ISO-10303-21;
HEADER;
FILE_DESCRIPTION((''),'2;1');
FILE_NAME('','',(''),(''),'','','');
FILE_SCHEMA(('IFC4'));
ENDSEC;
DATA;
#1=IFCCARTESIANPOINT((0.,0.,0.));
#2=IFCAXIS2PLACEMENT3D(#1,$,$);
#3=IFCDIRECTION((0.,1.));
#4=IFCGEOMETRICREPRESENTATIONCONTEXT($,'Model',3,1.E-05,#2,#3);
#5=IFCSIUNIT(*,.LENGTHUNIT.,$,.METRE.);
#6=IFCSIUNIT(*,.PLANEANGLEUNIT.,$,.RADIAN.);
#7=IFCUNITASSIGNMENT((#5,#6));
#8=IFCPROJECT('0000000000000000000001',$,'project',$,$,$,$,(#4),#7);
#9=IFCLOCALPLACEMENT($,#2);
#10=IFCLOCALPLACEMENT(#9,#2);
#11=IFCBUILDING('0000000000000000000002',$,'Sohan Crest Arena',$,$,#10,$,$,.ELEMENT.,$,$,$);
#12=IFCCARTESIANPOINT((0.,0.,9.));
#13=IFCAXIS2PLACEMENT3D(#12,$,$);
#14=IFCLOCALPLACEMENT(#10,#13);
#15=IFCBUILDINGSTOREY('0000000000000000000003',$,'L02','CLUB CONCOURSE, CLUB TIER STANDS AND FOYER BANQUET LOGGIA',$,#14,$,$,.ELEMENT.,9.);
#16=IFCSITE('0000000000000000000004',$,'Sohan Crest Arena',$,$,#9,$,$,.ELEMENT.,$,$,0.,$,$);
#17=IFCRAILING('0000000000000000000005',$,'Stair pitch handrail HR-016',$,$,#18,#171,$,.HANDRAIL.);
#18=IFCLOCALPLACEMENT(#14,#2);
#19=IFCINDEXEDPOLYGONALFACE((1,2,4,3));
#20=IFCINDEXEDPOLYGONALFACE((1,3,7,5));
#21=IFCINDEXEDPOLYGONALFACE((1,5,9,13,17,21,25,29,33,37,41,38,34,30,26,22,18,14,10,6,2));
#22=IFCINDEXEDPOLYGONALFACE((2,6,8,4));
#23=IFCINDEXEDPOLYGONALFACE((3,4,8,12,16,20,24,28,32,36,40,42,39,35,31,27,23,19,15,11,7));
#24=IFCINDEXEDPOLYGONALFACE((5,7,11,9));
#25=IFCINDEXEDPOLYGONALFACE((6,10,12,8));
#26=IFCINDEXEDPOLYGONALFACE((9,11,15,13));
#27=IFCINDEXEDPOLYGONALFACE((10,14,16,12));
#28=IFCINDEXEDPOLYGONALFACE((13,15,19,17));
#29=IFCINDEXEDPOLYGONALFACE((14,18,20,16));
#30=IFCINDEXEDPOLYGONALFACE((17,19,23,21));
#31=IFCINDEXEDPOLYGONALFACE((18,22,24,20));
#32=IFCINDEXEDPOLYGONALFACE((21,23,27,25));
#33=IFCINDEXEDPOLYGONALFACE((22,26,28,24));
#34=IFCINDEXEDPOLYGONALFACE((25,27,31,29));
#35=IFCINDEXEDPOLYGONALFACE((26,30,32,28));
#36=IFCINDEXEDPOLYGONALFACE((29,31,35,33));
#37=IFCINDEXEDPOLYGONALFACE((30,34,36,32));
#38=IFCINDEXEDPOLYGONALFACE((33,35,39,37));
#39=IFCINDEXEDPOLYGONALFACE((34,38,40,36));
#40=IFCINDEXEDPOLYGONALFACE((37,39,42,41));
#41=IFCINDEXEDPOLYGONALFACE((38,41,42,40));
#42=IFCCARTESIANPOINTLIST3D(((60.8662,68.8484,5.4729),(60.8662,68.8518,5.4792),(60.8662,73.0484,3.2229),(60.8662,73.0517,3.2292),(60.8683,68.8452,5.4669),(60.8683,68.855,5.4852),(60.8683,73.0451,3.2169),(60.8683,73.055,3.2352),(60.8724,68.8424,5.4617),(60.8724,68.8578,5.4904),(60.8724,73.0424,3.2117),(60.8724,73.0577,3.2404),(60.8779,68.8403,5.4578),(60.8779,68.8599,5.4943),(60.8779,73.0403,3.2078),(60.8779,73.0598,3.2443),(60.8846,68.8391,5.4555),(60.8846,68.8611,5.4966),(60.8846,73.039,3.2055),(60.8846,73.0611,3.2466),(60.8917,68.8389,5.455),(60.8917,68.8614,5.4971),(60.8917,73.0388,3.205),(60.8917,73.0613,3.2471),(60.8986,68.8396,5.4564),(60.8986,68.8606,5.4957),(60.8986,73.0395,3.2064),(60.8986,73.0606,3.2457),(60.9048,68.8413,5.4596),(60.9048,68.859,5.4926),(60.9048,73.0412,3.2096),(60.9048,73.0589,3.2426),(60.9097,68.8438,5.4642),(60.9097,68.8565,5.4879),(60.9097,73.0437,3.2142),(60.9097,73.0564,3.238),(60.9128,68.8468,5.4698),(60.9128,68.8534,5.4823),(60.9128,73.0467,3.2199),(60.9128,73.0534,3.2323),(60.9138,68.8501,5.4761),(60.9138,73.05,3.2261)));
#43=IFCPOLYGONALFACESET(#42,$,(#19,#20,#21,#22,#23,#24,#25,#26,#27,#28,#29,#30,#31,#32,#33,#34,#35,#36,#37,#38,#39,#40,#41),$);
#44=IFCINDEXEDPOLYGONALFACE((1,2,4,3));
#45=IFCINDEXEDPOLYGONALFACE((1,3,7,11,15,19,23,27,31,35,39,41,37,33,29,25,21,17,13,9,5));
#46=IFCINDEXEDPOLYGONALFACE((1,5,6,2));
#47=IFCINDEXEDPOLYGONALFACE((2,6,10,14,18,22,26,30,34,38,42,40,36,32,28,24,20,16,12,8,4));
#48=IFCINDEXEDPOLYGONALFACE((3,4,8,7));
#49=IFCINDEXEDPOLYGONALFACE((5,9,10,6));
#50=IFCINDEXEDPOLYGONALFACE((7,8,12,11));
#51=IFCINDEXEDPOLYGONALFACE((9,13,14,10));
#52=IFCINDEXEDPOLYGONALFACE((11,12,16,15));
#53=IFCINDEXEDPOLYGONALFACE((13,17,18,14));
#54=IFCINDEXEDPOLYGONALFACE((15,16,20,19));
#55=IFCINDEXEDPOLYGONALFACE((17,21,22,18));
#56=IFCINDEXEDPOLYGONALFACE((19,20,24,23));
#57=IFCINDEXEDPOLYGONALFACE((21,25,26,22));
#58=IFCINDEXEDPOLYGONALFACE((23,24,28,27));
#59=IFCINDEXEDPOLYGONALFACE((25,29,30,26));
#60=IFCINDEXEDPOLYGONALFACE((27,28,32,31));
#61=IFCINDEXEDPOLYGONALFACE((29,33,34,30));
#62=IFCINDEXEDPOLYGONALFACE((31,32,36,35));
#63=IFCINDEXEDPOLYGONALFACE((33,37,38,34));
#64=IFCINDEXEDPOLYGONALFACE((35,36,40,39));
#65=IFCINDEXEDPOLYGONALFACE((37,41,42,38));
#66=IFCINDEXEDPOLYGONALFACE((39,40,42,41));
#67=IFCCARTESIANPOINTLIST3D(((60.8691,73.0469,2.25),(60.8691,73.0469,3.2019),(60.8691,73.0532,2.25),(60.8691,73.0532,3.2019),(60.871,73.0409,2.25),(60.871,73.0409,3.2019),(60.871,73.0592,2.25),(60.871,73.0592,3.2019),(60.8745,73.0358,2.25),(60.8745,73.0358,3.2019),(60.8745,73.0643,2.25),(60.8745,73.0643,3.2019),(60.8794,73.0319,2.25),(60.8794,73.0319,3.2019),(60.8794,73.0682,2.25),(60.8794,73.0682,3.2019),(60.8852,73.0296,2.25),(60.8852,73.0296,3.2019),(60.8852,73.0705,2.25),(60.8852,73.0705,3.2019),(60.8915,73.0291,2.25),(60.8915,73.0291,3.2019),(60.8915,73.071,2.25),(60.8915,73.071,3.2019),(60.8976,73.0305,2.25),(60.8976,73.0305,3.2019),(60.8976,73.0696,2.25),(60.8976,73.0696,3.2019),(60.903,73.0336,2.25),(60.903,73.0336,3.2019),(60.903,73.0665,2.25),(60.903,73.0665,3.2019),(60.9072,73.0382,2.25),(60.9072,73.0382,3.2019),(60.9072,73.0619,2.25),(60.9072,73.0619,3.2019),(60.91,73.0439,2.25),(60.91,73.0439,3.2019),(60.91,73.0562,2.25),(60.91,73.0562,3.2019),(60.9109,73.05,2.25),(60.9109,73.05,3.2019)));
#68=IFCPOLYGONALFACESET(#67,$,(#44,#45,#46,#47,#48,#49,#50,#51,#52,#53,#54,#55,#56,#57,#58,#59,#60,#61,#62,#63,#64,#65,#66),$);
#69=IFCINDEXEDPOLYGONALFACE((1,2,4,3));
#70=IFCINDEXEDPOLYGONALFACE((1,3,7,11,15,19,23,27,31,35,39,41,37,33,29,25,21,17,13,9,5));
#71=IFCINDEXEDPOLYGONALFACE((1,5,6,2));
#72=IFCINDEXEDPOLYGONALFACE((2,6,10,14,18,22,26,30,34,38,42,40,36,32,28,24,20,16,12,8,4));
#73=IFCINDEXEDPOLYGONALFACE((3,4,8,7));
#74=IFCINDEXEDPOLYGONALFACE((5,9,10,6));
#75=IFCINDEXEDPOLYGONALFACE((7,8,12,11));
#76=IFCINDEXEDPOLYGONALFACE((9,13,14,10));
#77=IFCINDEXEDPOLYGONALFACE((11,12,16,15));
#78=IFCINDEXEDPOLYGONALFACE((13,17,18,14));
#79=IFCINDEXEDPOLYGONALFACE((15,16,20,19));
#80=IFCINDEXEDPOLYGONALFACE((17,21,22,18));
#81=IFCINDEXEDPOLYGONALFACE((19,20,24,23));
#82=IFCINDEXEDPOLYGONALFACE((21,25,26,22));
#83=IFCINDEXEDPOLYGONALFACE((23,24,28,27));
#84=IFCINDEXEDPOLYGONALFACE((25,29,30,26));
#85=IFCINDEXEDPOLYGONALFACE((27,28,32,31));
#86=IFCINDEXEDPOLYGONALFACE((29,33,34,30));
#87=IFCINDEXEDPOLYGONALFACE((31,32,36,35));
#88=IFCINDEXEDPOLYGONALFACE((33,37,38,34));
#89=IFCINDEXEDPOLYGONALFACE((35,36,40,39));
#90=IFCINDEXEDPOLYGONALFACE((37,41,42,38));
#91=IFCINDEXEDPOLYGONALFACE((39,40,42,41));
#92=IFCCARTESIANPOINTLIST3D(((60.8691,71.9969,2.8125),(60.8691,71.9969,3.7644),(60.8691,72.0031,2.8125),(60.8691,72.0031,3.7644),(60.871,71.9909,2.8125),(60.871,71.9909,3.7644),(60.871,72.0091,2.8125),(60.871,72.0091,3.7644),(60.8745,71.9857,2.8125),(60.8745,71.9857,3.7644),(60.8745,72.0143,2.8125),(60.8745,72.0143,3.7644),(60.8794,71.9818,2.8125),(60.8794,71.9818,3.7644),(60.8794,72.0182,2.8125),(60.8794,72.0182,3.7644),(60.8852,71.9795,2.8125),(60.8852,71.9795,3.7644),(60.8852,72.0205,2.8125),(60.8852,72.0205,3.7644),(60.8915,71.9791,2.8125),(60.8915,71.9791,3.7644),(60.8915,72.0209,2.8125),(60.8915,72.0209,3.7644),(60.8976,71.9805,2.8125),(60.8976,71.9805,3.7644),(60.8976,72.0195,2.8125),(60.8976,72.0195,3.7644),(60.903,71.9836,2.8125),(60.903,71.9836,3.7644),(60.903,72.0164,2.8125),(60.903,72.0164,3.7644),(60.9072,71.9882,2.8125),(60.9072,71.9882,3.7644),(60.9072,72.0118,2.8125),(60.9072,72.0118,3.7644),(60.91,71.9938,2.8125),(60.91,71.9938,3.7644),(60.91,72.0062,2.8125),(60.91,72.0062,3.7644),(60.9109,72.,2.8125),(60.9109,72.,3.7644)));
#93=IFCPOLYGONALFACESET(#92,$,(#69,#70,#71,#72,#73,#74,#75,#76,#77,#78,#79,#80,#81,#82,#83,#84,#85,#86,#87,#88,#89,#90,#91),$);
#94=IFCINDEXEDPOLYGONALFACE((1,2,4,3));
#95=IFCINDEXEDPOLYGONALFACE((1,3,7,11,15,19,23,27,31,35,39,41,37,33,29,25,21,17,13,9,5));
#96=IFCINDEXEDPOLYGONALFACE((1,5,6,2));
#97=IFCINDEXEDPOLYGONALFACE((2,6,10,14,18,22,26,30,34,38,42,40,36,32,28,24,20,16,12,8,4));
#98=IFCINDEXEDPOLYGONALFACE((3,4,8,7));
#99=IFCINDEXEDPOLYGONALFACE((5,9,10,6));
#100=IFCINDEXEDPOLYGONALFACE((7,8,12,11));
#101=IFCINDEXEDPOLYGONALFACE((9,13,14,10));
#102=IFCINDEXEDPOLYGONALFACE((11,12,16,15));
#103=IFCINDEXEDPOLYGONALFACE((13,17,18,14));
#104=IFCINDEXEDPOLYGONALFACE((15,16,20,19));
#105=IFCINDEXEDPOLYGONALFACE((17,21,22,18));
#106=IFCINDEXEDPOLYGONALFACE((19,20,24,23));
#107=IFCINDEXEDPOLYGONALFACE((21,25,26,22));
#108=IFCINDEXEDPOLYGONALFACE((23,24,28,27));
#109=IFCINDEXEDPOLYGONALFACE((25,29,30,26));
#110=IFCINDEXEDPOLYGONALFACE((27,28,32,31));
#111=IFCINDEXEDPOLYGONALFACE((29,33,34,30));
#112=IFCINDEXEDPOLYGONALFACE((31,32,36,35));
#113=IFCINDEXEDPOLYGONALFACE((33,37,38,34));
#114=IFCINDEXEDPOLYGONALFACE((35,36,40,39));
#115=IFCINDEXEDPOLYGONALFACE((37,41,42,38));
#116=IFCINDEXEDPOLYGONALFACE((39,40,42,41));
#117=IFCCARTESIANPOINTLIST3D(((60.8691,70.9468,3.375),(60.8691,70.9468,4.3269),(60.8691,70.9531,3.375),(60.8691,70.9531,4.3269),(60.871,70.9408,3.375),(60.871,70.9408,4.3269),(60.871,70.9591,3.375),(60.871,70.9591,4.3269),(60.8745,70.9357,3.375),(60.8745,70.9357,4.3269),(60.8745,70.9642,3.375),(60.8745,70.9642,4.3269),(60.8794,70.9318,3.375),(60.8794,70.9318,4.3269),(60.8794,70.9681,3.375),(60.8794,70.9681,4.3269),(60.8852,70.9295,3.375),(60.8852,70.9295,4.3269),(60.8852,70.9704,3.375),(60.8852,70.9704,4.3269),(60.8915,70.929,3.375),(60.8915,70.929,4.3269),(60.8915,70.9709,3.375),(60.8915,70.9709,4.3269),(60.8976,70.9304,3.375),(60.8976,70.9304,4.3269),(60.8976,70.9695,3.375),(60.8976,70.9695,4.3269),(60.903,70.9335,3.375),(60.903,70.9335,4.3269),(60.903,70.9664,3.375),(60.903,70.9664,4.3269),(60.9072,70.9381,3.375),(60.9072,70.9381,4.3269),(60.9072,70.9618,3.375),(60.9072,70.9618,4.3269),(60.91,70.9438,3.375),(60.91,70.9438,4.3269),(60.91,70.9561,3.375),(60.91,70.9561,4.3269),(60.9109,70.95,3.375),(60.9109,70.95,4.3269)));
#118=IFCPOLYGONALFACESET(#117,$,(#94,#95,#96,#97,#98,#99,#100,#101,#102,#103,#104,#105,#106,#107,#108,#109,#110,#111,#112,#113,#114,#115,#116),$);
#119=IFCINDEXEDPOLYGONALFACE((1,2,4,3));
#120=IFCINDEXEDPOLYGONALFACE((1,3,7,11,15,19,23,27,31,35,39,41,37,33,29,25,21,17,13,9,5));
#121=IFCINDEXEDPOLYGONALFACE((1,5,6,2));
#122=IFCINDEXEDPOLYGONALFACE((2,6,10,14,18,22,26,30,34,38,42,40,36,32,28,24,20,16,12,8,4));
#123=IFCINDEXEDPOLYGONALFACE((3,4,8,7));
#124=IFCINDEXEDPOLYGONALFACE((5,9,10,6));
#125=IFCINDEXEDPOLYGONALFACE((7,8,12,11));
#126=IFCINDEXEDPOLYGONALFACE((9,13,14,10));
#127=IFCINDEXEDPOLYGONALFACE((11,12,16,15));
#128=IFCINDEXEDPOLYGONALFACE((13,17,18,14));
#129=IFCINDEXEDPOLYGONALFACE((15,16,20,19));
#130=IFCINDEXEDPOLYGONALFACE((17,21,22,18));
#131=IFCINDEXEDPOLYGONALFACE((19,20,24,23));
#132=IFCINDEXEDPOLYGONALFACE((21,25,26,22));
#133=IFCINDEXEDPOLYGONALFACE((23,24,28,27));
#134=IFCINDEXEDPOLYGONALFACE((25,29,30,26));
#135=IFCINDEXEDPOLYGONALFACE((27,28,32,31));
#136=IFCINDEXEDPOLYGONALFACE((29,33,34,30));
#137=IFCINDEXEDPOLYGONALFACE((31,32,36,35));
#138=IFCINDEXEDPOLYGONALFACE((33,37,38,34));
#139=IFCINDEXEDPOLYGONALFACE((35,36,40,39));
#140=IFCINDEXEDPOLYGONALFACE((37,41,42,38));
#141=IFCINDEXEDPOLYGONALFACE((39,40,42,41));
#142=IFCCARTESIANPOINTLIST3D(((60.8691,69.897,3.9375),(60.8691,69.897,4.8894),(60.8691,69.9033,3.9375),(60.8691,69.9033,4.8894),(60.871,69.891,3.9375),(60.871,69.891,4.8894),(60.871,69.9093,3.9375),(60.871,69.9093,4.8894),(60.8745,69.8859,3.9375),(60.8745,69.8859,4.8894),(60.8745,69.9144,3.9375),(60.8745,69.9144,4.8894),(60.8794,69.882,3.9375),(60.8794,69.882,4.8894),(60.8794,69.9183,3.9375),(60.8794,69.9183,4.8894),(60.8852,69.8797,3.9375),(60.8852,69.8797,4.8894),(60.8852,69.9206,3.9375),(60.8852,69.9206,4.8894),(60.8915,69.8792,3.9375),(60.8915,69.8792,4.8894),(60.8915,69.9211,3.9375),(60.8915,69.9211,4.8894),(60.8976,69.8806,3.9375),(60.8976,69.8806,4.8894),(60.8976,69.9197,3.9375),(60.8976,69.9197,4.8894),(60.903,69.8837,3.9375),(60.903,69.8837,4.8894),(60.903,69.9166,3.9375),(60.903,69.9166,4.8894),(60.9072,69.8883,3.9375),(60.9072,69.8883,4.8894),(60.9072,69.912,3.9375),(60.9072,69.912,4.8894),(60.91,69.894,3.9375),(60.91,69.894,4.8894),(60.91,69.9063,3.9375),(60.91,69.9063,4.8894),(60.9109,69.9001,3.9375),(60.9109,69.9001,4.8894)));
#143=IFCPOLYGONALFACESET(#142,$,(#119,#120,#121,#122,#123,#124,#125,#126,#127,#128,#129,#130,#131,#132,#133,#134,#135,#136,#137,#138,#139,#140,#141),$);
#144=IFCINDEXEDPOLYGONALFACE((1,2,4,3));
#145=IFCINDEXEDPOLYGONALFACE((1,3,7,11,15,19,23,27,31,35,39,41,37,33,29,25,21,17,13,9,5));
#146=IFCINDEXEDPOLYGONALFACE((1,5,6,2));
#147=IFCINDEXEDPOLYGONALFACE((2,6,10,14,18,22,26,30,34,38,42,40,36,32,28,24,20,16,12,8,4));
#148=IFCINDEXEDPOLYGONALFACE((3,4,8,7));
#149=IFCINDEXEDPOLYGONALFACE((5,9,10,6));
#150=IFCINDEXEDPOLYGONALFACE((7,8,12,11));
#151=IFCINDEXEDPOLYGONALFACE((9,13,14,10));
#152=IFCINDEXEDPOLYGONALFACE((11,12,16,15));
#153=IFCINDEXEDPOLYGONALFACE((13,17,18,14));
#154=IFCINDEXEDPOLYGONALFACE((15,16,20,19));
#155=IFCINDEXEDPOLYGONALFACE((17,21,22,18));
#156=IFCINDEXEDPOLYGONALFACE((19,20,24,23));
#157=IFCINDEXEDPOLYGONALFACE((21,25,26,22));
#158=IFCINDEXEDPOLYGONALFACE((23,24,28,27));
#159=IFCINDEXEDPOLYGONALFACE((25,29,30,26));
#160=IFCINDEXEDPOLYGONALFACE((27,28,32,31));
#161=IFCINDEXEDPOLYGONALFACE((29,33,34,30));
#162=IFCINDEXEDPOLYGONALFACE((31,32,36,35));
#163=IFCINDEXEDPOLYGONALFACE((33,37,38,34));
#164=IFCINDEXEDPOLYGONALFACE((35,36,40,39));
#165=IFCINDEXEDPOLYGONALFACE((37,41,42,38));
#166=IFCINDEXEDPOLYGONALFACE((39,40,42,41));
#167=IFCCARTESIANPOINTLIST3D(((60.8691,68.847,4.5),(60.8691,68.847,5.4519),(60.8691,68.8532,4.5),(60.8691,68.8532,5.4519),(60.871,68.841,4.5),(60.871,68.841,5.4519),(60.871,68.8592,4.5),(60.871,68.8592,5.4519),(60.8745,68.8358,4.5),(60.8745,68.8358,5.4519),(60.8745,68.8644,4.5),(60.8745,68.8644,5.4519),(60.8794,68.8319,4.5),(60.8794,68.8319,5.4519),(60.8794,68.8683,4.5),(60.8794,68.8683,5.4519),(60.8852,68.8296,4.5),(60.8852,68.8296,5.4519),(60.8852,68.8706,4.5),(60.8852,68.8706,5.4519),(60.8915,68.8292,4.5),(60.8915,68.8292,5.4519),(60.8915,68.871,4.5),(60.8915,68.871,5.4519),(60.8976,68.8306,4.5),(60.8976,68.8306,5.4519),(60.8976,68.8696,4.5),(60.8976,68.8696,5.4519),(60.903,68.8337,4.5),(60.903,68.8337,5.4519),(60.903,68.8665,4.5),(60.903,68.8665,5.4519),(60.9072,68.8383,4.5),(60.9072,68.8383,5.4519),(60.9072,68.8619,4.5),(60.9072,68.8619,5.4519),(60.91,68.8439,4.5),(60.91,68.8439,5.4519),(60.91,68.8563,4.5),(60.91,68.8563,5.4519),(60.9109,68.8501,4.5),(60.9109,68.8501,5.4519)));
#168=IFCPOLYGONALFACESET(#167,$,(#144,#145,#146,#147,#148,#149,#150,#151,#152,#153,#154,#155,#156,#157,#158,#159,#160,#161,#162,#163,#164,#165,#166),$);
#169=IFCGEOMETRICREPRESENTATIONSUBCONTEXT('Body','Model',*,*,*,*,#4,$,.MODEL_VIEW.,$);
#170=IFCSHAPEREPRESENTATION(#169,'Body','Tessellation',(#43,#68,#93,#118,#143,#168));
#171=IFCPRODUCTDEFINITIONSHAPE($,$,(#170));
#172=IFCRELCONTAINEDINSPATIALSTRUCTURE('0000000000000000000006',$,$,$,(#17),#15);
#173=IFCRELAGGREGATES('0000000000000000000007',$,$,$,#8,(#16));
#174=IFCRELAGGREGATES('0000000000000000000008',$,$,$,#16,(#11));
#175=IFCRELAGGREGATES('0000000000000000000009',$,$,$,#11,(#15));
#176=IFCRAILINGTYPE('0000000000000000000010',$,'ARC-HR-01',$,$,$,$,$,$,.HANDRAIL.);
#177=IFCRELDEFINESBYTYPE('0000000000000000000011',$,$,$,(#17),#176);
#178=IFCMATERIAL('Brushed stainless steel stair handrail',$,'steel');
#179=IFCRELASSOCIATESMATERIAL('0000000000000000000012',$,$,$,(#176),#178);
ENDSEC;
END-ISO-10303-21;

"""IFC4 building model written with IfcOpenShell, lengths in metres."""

from ifc_helpers import new_model, si_unit, direction, frame, origin, origin_2d, place, context, subcontext, project, spatial, circle, extrude, material, type_object, element, save


model = new_model("IFC4")

# Units and contexts
model_context = context("Model", 3, precision=1e-05, world=origin(), true_north=direction((0.0, 1.0)))
body_context = subcontext(model_context, "Body", "Model", "MODEL_VIEW")
ifc_project = project(units=[si_unit("LENGTHUNIT", "METRE"), si_unit("PLANEANGLEUNIT", "RADIAN")], contexts=[model_context])

# Site, building, storey
site_placement = place(None, origin())
site = spatial("IfcSite", under=ifc_project, at=site_placement, Name="Sohan Crest Arena", CompositionType="ELEMENT", RefElevation=0.0)
building_placement = place(site_placement, origin())
building = spatial("IfcBuilding", under=site, at=building_placement, Name="Sohan Crest Arena", CompositionType="ELEMENT")
storey_placement = place(building_placement, frame((0.0, 0.0, 9.0)))
storey = spatial("IfcBuildingStorey", under=building, at=storey_placement, Name="L02", Description="CLUB CONCOURSE, CLUB TIER STANDS AND FOYER BANQUET LOGGIA", CompositionType="ELEMENT", Elevation=9.0)

# Railing
ifc_material_1 = material(Name="Brushed stainless steel stair handrail", Category="steel")
railing_type_1 = type_object("IfcRailingType", Name="ARC-HR-01", PredefinedType="HANDRAIL", material=ifc_material_1)
railing_1_placement = place(storey_placement, frame((60.8899, 73.05, 2.25)))
element("IfcRailing", 1, at=railing_1_placement, inside=storey, type_object=railing_type_1, Name="Stair pitch handrail HR-016", PredefinedType="HANDRAIL", context=body_context, shape_type="SweptSolid", body=[
    extrude(circle(Radius=0.0239, at=origin_2d()), frame((0.0, 0.0, 0.9761), z_axis=(0.0, -0.881478, 0.472226), x_axis=(1.0, 0.0, 0.0)), (0.0, 0.0, 1.0), 4.7646),
    extrude(circle(Radius=0.021, at=origin_2d()), origin(), (0.0, 0.0, 1.0), 0.9519),
    extrude(circle(Radius=0.021, at=origin_2d()), frame((0.0, -1.05, 0.5625)), (0.0, 0.0, 1.0), 0.9519),
    extrude(circle(Radius=0.021, at=origin_2d()), frame((0.0, -2.1001, 1.125)), (0.0, 0.0, 1.0), 0.9519),
    extrude(circle(Radius=0.021, at=origin_2d()), frame((0.0, -3.1499, 1.6875)), (0.0, 0.0, 1.0), 0.9519),
    extrude(circle(Radius=0.021, at=origin_2d()), frame((0.0, -4.2, 2.25)), (0.0, 0.0, 1.0), 0.9519),
])

save(model, "model.ifc")
